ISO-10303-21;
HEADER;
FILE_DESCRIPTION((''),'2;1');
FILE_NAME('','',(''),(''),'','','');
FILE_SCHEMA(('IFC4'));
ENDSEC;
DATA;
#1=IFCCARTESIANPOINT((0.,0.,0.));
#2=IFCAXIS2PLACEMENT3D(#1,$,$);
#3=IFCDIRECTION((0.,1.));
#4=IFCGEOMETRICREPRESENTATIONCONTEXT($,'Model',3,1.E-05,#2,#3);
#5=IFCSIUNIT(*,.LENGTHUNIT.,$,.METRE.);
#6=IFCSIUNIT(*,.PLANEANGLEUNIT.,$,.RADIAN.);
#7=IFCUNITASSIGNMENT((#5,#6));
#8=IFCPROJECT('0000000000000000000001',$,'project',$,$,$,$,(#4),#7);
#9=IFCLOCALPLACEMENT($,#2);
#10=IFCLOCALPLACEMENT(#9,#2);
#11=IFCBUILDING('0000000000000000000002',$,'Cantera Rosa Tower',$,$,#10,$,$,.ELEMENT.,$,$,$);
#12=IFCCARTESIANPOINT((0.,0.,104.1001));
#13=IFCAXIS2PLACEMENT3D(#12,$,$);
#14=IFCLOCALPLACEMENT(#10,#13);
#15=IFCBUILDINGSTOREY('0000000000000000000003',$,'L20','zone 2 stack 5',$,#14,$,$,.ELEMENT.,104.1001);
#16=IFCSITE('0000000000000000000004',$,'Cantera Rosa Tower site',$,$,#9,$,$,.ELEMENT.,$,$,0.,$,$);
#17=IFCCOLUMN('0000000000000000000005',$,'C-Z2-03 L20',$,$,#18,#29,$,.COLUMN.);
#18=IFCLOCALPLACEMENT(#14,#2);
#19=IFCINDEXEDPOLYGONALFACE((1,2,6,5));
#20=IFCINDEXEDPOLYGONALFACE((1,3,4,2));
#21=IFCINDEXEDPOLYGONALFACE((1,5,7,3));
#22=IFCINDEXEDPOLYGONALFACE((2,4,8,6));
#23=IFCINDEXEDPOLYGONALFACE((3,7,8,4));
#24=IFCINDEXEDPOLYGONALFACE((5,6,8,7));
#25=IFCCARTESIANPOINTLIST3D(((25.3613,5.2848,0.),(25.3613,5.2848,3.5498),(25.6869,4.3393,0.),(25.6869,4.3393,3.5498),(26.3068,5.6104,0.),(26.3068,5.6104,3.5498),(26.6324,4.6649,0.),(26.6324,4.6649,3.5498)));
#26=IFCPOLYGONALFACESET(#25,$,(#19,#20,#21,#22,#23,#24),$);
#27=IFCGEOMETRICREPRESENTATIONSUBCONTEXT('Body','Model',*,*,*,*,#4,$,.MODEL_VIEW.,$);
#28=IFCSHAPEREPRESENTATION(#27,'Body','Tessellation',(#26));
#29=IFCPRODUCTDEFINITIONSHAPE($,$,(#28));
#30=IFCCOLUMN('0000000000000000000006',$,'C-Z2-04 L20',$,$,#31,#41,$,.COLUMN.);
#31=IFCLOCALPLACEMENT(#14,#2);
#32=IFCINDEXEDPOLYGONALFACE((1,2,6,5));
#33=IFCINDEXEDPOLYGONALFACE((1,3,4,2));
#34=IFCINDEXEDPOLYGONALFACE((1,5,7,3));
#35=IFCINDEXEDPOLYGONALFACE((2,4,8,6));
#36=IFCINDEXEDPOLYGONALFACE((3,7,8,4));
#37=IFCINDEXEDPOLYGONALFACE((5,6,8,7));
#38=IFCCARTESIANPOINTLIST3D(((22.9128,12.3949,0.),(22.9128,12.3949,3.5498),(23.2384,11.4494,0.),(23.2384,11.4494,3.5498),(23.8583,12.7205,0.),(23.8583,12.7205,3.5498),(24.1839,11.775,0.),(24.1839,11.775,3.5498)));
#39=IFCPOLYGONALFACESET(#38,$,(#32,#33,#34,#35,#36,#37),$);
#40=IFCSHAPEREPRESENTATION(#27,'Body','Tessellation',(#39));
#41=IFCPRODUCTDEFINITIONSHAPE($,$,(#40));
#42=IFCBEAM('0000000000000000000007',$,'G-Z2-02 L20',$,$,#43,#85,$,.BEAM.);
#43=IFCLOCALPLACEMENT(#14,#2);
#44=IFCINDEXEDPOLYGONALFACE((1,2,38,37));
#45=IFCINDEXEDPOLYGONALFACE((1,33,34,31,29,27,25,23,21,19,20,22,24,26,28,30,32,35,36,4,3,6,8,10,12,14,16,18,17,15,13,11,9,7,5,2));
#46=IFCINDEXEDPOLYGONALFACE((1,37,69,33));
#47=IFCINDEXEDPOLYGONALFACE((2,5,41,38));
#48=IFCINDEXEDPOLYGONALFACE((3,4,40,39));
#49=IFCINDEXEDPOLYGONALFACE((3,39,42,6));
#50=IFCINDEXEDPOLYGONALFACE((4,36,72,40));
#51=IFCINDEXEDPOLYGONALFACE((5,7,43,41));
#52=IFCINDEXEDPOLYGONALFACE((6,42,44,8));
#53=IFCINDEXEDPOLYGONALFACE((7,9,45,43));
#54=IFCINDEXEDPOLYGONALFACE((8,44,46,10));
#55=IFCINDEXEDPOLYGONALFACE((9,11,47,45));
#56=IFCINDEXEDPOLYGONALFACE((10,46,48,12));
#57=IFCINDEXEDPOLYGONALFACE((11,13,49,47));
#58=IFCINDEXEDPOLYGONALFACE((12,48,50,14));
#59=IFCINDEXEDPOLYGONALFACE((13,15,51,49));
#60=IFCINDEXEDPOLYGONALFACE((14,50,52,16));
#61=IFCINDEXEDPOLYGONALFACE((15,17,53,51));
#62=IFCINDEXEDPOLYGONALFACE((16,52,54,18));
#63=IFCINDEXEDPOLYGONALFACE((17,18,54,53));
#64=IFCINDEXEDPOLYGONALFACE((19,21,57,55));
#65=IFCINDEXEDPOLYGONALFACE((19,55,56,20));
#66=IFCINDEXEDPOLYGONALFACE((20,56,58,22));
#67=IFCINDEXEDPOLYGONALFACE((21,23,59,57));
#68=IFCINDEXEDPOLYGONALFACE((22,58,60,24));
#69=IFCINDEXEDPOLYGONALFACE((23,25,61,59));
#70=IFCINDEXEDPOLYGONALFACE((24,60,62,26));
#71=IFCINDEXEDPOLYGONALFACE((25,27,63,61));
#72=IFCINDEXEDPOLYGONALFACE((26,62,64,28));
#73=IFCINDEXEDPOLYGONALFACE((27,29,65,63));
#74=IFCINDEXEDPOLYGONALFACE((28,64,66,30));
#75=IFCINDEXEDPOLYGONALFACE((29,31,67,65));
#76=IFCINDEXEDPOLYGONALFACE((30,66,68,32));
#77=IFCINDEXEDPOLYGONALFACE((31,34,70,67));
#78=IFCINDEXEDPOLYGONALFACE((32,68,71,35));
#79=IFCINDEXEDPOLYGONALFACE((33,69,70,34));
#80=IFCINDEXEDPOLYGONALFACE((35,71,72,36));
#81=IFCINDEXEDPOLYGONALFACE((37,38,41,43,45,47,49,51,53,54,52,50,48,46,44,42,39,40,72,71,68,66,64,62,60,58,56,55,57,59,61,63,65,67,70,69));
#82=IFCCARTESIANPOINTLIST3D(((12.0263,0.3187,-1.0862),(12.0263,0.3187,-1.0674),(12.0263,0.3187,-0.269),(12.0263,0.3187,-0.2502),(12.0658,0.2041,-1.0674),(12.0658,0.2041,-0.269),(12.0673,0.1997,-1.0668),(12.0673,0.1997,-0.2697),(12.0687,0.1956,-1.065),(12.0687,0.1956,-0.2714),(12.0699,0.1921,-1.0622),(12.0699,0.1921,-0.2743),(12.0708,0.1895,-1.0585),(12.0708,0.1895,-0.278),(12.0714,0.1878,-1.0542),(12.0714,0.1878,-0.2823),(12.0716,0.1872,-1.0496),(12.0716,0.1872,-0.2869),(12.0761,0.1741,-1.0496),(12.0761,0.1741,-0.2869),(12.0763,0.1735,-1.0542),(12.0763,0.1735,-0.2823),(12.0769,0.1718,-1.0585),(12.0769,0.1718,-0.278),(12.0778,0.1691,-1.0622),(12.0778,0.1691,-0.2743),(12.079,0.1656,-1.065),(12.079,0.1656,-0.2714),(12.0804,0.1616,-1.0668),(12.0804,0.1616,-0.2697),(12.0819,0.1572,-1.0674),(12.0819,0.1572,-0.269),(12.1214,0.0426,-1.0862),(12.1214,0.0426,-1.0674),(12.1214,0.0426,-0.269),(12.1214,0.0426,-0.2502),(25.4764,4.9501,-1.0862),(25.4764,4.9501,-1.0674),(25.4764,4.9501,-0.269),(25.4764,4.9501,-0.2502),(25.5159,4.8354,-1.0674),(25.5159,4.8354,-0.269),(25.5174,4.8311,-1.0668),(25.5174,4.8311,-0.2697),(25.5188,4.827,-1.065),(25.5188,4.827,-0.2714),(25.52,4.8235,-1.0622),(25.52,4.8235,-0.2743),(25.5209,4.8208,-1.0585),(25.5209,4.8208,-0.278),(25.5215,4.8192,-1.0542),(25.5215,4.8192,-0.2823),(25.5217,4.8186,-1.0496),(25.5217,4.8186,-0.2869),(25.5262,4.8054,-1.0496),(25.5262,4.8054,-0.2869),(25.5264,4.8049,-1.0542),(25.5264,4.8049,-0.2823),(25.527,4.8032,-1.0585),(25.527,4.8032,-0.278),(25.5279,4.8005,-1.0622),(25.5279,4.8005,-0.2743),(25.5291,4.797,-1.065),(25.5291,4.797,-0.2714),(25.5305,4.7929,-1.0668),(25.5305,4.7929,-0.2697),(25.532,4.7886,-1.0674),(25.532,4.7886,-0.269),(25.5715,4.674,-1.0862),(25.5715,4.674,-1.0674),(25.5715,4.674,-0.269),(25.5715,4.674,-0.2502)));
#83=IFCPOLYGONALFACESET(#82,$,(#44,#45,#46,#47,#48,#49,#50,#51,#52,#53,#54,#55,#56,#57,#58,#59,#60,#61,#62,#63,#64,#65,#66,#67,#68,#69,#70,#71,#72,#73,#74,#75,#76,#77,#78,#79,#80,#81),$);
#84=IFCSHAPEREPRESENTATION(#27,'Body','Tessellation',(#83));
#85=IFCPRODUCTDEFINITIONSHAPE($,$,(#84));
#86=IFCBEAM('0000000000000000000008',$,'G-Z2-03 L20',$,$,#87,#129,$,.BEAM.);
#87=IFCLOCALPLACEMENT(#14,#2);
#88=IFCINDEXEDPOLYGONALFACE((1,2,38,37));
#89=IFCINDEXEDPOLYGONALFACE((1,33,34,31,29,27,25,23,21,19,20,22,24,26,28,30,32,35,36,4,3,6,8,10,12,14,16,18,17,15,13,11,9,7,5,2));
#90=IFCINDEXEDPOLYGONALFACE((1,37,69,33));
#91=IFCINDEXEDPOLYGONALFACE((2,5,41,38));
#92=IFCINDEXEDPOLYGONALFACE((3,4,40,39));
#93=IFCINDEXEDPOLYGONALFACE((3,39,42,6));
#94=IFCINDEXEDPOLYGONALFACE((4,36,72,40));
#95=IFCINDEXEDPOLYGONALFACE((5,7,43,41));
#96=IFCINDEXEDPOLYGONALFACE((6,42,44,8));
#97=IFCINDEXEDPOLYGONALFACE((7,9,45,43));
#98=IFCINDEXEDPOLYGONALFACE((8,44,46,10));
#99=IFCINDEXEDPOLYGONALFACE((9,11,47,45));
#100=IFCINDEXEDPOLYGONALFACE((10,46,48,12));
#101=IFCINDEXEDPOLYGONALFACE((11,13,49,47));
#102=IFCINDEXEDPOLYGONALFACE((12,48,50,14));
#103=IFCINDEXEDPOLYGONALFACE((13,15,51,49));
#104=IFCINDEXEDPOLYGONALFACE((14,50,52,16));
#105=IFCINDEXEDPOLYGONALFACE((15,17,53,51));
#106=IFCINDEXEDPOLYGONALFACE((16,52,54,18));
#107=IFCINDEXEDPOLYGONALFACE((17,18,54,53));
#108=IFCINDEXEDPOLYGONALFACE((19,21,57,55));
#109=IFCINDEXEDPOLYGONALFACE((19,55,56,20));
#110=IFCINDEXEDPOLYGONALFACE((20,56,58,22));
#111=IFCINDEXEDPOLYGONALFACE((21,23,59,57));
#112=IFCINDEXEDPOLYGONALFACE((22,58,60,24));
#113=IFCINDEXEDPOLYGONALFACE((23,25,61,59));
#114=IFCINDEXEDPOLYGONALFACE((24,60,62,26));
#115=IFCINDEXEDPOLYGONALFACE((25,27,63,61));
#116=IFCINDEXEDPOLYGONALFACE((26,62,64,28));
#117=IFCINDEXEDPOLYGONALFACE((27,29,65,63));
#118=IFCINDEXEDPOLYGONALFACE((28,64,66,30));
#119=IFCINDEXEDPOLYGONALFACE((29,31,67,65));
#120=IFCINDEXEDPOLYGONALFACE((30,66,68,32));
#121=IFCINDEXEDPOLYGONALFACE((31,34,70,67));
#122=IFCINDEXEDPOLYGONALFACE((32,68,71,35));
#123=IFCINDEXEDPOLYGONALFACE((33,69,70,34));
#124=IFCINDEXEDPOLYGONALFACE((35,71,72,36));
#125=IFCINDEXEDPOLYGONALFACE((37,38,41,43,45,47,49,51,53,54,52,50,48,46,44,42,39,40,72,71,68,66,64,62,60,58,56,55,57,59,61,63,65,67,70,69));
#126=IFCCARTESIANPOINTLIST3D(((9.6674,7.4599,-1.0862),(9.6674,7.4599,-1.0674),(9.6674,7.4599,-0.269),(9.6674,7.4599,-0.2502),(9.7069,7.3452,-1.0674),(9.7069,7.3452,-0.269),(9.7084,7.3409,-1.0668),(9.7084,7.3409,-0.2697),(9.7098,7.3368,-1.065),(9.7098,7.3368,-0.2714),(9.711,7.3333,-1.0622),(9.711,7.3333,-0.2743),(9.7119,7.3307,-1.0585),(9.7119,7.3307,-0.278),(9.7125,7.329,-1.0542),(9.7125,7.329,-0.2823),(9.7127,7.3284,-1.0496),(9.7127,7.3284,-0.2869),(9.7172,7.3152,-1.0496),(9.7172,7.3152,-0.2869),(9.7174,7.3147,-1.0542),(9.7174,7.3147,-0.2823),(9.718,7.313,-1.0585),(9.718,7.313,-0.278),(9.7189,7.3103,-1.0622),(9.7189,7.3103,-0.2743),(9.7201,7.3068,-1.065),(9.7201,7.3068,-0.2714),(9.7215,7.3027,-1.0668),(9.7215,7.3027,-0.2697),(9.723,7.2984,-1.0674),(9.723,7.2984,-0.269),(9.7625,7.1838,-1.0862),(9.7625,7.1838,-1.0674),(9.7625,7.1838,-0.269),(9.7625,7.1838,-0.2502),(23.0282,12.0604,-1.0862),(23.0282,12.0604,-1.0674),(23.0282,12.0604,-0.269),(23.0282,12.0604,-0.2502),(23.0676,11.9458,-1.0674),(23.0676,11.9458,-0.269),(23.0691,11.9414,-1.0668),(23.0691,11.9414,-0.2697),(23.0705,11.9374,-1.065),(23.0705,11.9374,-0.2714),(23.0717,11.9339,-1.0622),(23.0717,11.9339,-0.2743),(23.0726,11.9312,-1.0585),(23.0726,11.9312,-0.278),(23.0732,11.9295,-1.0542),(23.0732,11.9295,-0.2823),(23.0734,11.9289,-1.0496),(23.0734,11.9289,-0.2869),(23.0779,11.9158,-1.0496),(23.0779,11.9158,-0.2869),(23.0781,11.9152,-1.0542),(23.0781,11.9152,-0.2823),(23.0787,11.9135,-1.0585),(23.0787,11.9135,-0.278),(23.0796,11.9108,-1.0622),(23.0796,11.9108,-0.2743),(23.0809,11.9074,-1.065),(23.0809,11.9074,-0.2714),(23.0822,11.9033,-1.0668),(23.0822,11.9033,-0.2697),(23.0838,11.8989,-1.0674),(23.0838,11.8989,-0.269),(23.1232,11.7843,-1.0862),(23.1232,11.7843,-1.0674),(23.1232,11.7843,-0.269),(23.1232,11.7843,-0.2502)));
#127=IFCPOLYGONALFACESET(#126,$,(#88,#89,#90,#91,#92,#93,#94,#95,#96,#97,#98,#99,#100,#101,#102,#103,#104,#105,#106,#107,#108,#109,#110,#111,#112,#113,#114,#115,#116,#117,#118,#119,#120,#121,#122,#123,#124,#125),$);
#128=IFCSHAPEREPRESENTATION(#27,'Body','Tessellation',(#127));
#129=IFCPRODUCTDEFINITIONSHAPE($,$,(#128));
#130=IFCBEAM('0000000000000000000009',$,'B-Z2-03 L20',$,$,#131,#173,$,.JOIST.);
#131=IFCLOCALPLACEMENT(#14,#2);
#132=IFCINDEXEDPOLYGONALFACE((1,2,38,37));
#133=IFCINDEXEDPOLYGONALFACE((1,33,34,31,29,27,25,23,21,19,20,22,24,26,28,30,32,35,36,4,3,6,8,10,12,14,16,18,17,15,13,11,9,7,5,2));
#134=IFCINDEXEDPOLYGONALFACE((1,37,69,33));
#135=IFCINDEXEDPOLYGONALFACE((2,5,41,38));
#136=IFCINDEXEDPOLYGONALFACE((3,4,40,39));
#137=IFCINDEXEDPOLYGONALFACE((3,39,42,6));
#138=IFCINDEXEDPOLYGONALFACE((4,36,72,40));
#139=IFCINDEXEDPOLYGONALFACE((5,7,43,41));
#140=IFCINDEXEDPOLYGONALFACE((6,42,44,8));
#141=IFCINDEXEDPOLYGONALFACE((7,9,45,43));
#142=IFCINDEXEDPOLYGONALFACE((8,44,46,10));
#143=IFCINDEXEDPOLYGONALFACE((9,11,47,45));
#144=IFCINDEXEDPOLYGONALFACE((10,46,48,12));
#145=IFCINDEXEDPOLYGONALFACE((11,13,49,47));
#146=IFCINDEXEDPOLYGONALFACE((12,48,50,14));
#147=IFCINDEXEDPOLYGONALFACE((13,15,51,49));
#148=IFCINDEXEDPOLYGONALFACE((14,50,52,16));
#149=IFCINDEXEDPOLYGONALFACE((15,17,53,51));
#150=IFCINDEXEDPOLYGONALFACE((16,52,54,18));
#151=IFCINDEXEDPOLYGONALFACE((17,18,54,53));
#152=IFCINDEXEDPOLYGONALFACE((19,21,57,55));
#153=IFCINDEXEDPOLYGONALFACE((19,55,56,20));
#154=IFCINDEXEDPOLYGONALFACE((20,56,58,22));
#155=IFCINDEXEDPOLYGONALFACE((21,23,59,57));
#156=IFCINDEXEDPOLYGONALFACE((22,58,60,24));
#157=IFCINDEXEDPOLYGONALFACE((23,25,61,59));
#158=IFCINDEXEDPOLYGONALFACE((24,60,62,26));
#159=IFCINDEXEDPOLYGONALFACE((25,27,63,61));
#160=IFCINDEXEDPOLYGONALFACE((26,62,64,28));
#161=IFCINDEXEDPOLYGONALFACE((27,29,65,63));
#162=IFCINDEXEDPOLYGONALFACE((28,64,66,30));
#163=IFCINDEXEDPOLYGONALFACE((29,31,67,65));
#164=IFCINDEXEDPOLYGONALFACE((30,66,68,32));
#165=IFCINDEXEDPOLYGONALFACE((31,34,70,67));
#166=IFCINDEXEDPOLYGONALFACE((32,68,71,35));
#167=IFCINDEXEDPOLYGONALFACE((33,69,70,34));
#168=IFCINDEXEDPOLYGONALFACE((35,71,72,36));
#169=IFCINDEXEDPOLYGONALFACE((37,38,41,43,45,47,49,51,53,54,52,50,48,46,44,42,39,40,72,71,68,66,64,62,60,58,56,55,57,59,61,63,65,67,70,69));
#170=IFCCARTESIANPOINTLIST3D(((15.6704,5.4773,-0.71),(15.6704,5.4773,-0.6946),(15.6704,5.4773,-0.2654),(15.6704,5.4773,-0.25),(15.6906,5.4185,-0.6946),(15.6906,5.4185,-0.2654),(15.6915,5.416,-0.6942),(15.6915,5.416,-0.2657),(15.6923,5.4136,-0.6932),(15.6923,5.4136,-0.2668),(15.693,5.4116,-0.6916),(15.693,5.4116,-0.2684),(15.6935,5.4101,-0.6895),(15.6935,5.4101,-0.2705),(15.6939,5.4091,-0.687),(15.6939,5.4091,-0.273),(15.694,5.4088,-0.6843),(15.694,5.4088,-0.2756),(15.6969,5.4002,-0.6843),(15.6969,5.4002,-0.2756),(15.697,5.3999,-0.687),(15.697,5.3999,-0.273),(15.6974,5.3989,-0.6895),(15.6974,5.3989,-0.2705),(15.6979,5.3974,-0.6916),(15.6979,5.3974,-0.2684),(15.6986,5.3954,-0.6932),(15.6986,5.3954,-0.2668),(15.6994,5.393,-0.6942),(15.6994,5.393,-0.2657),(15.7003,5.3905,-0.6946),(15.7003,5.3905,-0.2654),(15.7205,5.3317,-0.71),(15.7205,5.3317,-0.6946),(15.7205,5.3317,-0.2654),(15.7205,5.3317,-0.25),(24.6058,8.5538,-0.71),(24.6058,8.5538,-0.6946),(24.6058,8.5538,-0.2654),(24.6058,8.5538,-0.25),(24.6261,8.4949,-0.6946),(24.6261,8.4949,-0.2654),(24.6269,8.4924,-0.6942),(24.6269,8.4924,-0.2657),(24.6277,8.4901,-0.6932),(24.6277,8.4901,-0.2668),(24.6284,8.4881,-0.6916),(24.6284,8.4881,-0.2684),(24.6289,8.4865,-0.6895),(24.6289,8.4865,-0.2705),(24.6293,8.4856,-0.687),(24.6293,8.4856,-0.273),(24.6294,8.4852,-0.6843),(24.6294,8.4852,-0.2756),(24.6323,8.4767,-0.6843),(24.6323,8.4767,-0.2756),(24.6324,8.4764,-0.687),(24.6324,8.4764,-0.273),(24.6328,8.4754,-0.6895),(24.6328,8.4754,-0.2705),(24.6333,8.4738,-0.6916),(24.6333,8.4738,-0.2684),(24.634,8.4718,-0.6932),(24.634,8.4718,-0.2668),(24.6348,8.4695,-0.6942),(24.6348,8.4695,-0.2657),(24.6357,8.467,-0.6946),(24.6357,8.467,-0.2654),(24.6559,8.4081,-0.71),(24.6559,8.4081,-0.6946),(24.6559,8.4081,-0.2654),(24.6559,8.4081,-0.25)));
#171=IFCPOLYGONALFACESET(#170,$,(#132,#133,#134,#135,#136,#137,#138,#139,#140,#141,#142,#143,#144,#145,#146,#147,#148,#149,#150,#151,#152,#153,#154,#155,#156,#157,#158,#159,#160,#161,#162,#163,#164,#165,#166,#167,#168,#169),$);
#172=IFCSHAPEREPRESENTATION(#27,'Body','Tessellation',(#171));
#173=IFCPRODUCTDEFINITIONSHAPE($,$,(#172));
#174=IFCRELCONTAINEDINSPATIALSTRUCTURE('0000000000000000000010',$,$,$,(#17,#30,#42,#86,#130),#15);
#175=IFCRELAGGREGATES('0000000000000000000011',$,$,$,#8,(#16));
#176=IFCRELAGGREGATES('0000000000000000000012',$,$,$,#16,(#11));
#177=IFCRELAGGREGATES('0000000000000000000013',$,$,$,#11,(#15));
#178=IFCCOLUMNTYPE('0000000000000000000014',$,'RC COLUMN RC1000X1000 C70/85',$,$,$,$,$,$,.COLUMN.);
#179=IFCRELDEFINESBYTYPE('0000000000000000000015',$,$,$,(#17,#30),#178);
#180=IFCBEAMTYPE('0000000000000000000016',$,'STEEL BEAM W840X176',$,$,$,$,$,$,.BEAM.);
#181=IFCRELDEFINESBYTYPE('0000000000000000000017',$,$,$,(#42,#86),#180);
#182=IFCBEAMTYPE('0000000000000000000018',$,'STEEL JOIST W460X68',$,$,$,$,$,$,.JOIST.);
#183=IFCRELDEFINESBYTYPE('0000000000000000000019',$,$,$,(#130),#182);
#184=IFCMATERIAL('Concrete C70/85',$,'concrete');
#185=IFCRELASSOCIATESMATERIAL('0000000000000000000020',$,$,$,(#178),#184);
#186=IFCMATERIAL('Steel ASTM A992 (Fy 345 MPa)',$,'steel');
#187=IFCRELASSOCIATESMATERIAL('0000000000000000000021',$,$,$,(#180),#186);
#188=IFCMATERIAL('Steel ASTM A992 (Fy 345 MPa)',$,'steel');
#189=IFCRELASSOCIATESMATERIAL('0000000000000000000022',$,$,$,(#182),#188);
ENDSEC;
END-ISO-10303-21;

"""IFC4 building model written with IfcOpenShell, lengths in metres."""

from ifc_helpers import new_model, si_unit, direction, frame, origin, origin_2d, place, context, subcontext, project, spatial, rectangle, i_section, extrude, material, material_profile, profile_set, type_object, element, save


model = new_model("IFC4")

# Units and contexts
model_context = context("Model", 3, precision=1e-05, world=origin(), true_north=direction((0.0, 1.0)))
body_context = subcontext(model_context, "Body", "Model", "MODEL_VIEW")
ifc_project = project(units=[si_unit("LENGTHUNIT", "METRE"), si_unit("PLANEANGLEUNIT", "RADIAN")], contexts=[model_context])

# Site, building, storey
site_placement = place(None, origin())
site = spatial("IfcSite", under=ifc_project, at=site_placement, Name="Cantera Rosa Tower site", CompositionType="ELEMENT", RefElevation=0.0)
building_placement = place(site_placement, origin())
building = spatial("IfcBuilding", under=site, at=building_placement, Name="Cantera Rosa Tower", CompositionType="ELEMENT")
storey_placement = place(building_placement, frame((0.0, 0.0, 104.1001)))
storey = spatial("IfcBuildingStorey", under=building, at=storey_placement, Name="L20", Description="zone 2 stack 5", CompositionType="ELEMENT", Elevation=104.1001)

# Columns
ifc_material_1 = material(Name="Concrete C70/85", Category="concrete")
ifc_material_profile_1 = material_profile(ifc_material_1, rectangle(XDim=1.0, YDim=1.0, at=origin_2d()), Name="RC COLUMN RC1000X1000 C70/85")
ifc_profile_set_1 = profile_set([ifc_material_profile_1], Name="Concrete C70/85")
column_type = type_object("IfcColumnType", Name="RC COLUMN RC1000X1000 C70/85", PredefinedType="COLUMN", material=ifc_profile_set_1)
for number, where, z_axis, x_axis, name in (
    (1, (25.9968, 4.9749, 0.0), (0.0, 0.0, 1.0), (0.945519, 0.325568, 0.0), "C-Z2-03 L20"),
    (2, (23.5483, 12.085, 0.0), (0.0, 0.0, 1.0), (0.945519, 0.325568, 0.0), "C-Z2-04 L20"),
):
    element("IfcColumn", number, at=place(storey_placement, frame(where, z_axis=z_axis, x_axis=x_axis)), inside=storey, type_object=column_type, Name=name, PredefinedType="COLUMN", context=body_context, shape_type="SweptSolid", body=[
        extrude(rectangle(XDim=1.0, YDim=1.0, at=origin_2d()), origin(), (0.0, 0.0, 1.0), 3.5498),
    ])

# Beams
ifc_material_2 = material(Name="Steel ASTM A992 (Fy 345 MPa)", Category="steel")
ifc_material_profile_2 = material_profile(ifc_material_2, i_section(OverallWidth=0.292, OverallDepth=0.8359, WebThickness=0.0139, FlangeThickness=0.0188, FilletRadius=0.0178, at=origin_2d()), Name="W840X176")
ifc_profile_set_2 = profile_set([ifc_material_profile_2], Name="Steel ASTM A992 (Fy 345 MPa)")
beam_type_1 = type_object("IfcBeamType", Name="STEEL BEAM W840X176", PredefinedType="BEAM", material=ifc_profile_set_2)
beam_1_placement = place(storey_placement, frame((25.5239, 4.812, -0.6682), z_axis=(-0.945515, -0.325578, 0.0), x_axis=(0.325578, -0.945515, 0.0)))
element("IfcBeam", 3, at=beam_1_placement, inside=storey, type_object=beam_type_1, Name="G-Z2-02 L20", PredefinedType="BEAM", context=body_context, shape_type="SweptSolid", body=[
    extrude(i_section(OverallWidth=0.292, OverallDepth=0.8359, WebThickness=0.0139, FlangeThickness=0.0188, FilletRadius=0.0178, at=origin_2d()), origin(), (0.0, 0.0, 1.0), 14.2251),
])
beam_2_placement = place(storey_placement, frame((23.0757, 11.9224, -0.6682), z_axis=(-0.945517, -0.325573, 0.0), x_axis=(0.325573, -0.945517, 0.0)))
element("IfcBeam", 4, at=beam_2_placement, inside=storey, type_object=beam_type_1, Name="G-Z2-03 L20", PredefinedType="BEAM", context=body_context, shape_type="SweptSolid", body=[
    extrude(i_section(OverallWidth=0.292, OverallDepth=0.8359, WebThickness=0.0139, FlangeThickness=0.0188, FilletRadius=0.0178, at=origin_2d()), origin(), (0.0, 0.0, 1.0), 14.1306),
])
ifc_material_3 = material(Name="Steel ASTM A992 (Fy 345 MPa)", Category="steel")
ifc_material_profile_3 = material_profile(ifc_material_3, i_section(OverallWidth=0.1541, OverallDepth=0.46, WebThickness=0.009, FlangeThickness=0.0154, FilletRadius=0.0103, at=origin_2d()), Name="W460X68")
ifc_profile_set_3 = profile_set([ifc_material_profile_3], Name="Steel ASTM A992 (Fy 345 MPa)")
beam_type_2 = type_object("IfcBeamType", Name="STEEL JOIST W460X68", PredefinedType="JOIST", material=ifc_profile_set_3)
beam_3_placement = place(storey_placement, frame((24.6309, 8.481, -0.48), z_axis=(-0.945527, -0.325544, 0.0), x_axis=(0.325544, -0.945527, 0.0)))
element("IfcBeam", 5, at=beam_3_placement, inside=storey, type_object=beam_type_2, Name="B-Z2-03 L20", PredefinedType="JOIST", context=body_context, shape_type="SweptSolid", body=[
    extrude(i_section(OverallWidth=0.1541, OverallDepth=0.46, WebThickness=0.009, FlangeThickness=0.0154, FilletRadius=0.0103, at=origin_2d()), origin(), (0.0, 0.0, 1.0), 9.4502),
])

save(model, "model.ifc")
